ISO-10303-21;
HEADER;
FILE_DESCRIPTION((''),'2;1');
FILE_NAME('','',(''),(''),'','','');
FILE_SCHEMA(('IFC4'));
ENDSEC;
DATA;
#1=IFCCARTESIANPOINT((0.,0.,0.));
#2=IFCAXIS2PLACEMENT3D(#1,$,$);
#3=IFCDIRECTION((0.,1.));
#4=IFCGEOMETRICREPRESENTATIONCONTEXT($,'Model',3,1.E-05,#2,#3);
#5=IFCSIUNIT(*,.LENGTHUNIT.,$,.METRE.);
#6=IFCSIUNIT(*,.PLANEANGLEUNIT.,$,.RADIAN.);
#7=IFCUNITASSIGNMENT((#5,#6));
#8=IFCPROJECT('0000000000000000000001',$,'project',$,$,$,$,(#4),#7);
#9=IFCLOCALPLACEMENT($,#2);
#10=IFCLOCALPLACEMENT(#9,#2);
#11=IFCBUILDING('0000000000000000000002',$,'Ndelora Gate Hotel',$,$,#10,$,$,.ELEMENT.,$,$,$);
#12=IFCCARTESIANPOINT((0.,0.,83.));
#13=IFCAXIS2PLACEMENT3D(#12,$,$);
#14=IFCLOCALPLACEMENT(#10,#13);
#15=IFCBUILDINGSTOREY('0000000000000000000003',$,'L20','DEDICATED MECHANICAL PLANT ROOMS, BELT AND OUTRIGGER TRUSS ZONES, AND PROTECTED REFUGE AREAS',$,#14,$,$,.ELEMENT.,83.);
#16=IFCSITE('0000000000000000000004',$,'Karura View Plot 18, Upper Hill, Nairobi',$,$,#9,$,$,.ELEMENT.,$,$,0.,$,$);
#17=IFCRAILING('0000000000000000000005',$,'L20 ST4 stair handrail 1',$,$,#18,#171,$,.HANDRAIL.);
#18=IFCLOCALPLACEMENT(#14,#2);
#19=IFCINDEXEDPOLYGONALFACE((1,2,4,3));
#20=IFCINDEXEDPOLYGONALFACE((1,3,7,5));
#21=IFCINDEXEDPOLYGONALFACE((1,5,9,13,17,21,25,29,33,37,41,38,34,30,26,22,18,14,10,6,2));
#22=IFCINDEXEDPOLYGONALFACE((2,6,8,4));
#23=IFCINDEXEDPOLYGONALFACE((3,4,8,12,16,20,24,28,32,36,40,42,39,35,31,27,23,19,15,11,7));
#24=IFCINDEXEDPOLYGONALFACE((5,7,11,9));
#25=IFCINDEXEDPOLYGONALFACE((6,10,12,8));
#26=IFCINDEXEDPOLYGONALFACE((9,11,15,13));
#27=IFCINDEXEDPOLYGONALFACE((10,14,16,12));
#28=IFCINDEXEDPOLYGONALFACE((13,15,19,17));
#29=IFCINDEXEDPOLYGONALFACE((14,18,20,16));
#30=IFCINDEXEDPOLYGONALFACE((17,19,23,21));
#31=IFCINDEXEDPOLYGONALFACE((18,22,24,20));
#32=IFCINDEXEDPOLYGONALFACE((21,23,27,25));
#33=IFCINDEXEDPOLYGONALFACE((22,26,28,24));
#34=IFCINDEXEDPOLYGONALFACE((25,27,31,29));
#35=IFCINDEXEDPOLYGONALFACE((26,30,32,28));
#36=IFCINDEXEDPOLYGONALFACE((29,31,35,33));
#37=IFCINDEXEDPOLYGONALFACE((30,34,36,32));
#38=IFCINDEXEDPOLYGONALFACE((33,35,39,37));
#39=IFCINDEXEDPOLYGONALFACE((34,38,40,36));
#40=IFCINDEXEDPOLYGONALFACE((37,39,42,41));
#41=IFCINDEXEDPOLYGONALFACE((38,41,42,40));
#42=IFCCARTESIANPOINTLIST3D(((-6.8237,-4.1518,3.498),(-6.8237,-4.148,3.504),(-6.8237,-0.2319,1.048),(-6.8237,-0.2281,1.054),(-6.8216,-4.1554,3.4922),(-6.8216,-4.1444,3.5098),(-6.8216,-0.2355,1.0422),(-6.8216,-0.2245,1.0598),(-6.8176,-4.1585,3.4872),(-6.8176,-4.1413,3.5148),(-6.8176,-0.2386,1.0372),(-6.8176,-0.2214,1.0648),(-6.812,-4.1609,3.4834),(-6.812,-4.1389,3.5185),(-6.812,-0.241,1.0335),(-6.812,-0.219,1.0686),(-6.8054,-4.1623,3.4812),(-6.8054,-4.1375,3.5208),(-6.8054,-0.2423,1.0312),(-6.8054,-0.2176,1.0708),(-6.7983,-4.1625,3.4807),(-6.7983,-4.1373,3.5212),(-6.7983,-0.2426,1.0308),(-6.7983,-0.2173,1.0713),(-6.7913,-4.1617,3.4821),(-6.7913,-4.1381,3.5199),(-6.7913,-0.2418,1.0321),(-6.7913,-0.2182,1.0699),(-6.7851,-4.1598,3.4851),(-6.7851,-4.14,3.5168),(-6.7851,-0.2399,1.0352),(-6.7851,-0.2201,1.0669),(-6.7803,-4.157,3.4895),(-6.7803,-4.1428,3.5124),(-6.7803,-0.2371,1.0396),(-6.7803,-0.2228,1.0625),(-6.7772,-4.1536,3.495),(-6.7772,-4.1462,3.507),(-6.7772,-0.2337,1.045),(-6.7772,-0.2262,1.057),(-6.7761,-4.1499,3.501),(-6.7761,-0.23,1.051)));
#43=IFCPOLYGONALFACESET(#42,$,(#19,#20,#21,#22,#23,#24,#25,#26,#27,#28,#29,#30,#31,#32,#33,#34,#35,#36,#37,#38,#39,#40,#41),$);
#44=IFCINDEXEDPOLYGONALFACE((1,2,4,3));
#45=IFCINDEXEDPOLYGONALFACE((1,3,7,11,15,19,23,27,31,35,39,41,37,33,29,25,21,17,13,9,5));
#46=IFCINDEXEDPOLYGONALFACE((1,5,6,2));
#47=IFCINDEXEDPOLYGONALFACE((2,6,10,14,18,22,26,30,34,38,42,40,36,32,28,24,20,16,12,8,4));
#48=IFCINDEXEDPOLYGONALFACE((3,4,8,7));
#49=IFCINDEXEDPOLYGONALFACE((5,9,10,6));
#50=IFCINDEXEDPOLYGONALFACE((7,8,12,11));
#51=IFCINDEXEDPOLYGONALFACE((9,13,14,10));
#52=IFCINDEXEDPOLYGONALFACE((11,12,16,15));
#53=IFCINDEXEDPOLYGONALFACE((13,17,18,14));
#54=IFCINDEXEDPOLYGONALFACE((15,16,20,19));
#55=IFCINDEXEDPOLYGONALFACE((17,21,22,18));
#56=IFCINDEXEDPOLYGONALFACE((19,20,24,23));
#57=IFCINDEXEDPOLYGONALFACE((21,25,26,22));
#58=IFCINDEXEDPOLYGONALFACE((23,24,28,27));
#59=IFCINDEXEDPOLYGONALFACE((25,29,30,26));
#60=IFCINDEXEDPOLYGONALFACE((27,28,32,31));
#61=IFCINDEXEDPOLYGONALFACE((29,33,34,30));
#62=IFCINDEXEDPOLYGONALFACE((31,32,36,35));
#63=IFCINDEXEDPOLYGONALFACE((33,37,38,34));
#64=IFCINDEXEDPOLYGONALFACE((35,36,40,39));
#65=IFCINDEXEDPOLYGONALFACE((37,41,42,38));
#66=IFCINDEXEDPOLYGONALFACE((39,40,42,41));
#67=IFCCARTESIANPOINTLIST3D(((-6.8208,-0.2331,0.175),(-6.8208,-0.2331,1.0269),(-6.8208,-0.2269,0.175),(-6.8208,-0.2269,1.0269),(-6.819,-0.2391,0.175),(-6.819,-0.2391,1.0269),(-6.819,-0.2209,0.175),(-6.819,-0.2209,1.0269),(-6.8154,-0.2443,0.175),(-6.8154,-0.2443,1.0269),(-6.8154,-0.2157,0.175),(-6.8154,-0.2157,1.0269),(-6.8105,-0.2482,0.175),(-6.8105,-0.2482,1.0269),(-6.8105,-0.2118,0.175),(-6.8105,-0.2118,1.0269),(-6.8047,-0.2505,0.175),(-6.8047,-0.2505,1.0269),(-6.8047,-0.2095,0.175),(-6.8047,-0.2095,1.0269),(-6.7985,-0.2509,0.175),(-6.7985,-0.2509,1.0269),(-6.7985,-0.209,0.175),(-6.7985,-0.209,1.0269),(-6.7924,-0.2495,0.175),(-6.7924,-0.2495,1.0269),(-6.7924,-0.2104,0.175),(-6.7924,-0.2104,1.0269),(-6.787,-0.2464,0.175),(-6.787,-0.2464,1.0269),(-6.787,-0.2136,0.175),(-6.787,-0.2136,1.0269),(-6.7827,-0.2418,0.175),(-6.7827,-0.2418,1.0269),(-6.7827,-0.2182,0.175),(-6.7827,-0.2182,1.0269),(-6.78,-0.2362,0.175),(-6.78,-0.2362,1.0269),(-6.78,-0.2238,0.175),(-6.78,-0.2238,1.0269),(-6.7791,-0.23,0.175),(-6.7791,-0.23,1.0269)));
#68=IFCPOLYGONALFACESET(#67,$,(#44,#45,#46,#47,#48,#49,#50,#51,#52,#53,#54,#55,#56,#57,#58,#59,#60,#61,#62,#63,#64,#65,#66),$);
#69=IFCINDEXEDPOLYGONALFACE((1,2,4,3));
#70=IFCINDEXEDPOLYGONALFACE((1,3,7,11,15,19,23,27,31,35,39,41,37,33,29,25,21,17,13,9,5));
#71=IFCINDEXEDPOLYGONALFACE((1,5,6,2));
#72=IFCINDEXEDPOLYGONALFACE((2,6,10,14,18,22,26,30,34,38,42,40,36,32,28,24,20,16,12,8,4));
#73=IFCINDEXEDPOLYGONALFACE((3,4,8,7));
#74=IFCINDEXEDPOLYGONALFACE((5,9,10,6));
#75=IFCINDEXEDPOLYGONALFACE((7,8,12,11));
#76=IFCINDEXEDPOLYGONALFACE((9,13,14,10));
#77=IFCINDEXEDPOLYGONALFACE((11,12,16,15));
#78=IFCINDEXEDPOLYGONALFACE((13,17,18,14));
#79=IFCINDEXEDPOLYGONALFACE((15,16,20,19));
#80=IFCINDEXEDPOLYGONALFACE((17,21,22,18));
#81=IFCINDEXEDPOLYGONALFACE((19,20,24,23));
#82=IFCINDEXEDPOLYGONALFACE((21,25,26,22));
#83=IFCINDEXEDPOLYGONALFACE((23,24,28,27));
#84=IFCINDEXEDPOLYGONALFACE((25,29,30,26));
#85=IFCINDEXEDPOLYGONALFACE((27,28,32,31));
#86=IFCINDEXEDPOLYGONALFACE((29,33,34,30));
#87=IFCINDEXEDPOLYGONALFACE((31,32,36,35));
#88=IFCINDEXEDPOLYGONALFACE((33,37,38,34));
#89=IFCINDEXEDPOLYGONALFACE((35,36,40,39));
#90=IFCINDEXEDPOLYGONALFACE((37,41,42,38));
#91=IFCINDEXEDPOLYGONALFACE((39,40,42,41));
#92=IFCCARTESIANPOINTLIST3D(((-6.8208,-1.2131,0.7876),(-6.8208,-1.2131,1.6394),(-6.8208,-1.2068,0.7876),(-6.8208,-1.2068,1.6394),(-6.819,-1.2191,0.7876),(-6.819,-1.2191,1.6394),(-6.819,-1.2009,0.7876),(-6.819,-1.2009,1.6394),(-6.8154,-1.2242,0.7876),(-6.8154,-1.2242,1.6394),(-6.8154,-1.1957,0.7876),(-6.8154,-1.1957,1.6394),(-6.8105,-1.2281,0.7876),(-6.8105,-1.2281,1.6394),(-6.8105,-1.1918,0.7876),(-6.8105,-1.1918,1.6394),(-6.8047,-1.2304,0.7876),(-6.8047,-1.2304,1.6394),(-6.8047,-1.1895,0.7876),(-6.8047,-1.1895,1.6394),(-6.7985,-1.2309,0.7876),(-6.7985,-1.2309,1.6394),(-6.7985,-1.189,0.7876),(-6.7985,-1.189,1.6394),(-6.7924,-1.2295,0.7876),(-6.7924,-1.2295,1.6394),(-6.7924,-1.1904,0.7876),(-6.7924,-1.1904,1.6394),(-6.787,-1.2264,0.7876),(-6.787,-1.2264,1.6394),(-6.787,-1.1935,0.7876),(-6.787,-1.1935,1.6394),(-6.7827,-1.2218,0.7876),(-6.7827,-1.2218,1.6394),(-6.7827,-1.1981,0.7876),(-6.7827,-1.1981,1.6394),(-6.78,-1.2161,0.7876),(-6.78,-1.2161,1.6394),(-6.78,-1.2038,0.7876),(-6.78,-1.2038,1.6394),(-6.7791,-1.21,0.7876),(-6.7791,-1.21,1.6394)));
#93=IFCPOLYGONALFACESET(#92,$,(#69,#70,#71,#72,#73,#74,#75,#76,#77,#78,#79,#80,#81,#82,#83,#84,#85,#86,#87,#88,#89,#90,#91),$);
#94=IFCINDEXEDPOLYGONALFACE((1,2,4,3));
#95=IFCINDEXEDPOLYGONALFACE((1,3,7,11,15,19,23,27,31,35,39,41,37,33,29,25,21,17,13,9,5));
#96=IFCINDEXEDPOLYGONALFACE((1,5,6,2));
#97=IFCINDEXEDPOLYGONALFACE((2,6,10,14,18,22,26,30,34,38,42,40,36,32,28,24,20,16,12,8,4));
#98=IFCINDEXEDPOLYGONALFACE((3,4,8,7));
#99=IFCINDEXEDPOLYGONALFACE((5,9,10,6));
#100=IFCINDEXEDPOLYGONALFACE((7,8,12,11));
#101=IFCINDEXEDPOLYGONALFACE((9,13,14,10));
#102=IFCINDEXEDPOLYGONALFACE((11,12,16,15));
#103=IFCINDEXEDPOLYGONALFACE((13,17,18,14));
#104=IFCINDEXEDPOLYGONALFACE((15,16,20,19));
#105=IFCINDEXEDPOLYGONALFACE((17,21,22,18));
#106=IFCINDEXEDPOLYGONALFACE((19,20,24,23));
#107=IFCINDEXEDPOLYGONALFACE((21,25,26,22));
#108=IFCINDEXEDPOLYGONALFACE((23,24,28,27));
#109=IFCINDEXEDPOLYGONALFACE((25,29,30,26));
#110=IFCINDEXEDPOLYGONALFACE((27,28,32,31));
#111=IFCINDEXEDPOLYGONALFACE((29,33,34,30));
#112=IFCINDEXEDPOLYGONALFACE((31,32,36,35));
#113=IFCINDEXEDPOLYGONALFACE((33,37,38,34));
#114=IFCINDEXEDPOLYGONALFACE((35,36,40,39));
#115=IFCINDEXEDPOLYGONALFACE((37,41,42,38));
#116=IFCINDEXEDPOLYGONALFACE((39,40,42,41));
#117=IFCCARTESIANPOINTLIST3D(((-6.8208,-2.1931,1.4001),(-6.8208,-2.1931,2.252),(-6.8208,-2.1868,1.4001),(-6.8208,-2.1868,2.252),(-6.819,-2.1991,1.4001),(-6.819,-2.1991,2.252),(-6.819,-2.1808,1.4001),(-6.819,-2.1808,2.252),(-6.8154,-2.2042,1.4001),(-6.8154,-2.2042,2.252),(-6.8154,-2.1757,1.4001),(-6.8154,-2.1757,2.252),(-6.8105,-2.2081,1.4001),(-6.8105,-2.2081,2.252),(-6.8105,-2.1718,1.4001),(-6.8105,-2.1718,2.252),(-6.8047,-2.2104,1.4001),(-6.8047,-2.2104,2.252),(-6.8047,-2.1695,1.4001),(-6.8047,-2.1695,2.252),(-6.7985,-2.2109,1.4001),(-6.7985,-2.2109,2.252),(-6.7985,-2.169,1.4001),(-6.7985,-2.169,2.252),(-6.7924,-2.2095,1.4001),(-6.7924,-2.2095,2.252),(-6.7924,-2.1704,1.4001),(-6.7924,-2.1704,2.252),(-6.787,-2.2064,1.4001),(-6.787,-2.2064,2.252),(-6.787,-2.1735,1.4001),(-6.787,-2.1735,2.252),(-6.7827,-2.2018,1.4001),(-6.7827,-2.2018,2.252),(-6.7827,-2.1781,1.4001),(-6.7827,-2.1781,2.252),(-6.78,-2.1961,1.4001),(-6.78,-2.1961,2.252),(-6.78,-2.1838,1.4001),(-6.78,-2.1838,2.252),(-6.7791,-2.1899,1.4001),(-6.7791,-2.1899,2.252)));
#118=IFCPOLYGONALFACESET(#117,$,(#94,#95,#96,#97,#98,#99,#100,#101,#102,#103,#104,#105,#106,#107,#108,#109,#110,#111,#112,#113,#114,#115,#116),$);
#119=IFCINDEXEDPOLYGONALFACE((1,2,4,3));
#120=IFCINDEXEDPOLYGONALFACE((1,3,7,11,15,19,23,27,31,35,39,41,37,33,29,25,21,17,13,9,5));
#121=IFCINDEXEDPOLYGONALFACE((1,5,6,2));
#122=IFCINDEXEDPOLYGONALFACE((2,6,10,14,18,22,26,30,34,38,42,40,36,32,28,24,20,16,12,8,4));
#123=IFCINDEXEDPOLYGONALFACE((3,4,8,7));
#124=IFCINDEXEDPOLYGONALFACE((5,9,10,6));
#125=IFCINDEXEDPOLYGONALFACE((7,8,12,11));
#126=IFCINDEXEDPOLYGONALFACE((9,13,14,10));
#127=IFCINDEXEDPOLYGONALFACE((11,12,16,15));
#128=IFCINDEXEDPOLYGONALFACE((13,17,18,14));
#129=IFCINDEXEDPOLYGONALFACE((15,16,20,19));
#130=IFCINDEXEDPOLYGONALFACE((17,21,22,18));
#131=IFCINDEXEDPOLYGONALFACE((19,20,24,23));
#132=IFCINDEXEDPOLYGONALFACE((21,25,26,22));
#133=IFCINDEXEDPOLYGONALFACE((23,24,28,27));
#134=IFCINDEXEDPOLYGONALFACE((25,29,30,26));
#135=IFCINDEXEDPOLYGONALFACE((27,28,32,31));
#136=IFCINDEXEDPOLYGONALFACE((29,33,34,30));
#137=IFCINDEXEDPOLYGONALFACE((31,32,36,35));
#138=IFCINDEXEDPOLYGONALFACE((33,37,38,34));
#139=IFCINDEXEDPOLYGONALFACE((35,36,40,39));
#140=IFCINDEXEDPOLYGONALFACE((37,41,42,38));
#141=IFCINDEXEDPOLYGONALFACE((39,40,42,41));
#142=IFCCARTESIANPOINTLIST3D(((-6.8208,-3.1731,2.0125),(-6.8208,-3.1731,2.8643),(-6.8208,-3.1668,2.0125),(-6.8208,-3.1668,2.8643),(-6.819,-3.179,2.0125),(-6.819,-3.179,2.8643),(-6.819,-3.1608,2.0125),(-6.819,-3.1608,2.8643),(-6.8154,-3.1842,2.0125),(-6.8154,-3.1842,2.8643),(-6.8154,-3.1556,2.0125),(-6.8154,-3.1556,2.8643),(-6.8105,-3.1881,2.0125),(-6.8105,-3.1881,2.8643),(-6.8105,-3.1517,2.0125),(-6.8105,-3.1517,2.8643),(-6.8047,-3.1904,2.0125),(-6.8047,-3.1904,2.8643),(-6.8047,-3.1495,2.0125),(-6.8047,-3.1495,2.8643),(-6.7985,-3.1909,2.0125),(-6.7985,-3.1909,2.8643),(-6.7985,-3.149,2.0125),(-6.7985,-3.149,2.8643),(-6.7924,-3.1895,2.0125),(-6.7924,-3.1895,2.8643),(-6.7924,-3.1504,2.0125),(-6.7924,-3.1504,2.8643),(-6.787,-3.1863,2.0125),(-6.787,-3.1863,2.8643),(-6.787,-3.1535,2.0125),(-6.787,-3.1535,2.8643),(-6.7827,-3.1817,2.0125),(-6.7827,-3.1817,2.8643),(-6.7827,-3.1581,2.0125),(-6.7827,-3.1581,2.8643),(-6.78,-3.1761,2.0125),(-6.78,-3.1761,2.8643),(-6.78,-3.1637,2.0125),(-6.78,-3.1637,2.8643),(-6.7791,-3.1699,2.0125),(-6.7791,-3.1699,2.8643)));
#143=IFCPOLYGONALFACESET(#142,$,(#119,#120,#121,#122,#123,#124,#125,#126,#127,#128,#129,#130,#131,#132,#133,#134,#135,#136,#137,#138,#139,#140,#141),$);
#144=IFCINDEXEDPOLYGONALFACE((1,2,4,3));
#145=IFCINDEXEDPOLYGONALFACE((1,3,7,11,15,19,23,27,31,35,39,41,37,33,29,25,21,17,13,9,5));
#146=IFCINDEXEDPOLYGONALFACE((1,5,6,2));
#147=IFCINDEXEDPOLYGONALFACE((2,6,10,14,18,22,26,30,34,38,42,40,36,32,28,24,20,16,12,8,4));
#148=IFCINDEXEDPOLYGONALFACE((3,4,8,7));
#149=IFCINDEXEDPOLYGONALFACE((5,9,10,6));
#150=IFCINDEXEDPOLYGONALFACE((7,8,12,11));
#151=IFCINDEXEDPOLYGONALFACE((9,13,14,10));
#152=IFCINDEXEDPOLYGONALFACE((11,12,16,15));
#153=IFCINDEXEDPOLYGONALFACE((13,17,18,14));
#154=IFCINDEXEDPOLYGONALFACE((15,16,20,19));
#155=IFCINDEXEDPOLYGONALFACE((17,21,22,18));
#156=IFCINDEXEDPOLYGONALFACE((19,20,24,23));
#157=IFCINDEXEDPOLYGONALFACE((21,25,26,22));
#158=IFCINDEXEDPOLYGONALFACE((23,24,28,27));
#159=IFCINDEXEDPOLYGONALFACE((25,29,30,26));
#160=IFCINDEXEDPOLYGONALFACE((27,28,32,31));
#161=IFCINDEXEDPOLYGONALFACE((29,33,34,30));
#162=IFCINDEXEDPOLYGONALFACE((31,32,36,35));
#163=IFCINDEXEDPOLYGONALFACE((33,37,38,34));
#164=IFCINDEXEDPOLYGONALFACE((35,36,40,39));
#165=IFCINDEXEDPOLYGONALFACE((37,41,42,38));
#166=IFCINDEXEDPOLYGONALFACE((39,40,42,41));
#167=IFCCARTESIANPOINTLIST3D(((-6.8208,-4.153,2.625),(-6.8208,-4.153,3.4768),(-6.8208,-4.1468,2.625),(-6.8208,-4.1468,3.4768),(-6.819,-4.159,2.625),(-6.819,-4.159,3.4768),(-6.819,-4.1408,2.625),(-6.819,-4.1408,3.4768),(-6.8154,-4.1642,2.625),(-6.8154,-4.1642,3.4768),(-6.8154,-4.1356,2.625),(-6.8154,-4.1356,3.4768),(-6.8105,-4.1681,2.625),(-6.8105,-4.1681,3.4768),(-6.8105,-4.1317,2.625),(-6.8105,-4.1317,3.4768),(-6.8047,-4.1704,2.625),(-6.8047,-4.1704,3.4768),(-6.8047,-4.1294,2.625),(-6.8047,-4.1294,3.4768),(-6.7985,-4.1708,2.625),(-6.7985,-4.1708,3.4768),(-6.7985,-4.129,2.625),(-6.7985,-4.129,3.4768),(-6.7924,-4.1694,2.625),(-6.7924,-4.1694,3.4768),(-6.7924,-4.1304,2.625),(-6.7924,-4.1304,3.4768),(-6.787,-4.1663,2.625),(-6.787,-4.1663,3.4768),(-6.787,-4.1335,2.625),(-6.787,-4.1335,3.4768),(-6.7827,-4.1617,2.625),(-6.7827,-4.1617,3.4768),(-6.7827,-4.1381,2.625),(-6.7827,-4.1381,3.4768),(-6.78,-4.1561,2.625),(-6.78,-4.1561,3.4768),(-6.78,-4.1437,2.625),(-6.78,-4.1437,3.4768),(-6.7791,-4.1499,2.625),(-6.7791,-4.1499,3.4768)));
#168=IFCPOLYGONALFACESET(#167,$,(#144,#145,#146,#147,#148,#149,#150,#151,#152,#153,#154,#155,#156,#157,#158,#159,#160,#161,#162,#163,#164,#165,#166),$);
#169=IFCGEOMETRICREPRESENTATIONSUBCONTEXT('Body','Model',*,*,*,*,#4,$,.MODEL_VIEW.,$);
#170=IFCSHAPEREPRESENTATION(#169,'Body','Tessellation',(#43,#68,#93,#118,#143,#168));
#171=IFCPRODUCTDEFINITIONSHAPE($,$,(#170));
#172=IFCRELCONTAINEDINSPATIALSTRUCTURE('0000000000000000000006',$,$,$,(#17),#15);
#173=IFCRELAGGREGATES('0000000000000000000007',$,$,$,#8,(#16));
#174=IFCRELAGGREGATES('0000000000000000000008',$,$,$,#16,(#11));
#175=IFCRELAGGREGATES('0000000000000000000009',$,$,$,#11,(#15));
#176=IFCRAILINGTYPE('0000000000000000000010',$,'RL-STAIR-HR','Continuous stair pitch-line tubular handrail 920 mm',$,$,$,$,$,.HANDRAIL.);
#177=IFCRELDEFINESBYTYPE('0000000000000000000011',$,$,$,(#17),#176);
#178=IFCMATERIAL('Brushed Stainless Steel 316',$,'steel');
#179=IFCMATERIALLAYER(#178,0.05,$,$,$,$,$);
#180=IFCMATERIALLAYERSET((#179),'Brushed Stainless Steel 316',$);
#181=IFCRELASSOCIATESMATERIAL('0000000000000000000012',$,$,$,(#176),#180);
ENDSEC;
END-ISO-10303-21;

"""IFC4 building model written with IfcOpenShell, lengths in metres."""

from ifc_helpers import new_model, si_unit, direction, frame, origin, origin_2d, place, context, subcontext, project, spatial, circle, extrude, material, layer, layer_set, type_object, element, save


model = new_model("IFC4")

# Units and contexts
model_context = context("Model", 3, precision=1e-05, world=origin(), true_north=direction((0.0, 1.0)))
body_context = subcontext(model_context, "Body", "Model", "MODEL_VIEW")
ifc_project = project(units=[si_unit("LENGTHUNIT", "METRE"), si_unit("PLANEANGLEUNIT", "RADIAN")], contexts=[model_context])

# Site, building, storey
site_placement = place(None, origin())
site = spatial("IfcSite", under=ifc_project, at=site_placement, Name="Karura View Plot 18, Upper Hill, Nairobi", CompositionType="ELEMENT", RefElevation=0.0)
building_placement = place(site_placement, origin())
building = spatial("IfcBuilding", under=site, at=building_placement, Name="Ndelora Gate Hotel", CompositionType="ELEMENT")
storey_placement = place(building_placement, frame((0.0, 0.0, 83.0)))
storey = spatial("IfcBuildingStorey", under=building, at=storey_placement, Name="L20", Description="DEDICATED MECHANICAL PLANT ROOMS, BELT AND OUTRIGGER TRUSS ZONES, AND PROTECTED REFUGE AREAS", CompositionType="ELEMENT", Elevation=83.0)

# Railing
ifc_material_1 = material(Name="Brushed Stainless Steel 316", Category="steel")
ifc_layer_1 = layer(ifc_material_1, 0.05)
ifc_layer_set_1 = layer_set([ifc_layer_1], Name="Brushed Stainless Steel 316")
railing_type_1 = type_object("IfcRailingType", Name="RL-STAIR-HR", Description="Continuous stair pitch-line tubular handrail 920 mm", PredefinedType="HANDRAIL", material=ifc_layer_set_1)
railing_1_placement = place(storey_placement, frame((-6.8, -0.23, 0.175)))
element("IfcRailing", 1, at=railing_1_placement, inside=storey, type_object=railing_type_1, Name="L20 ST4 stair handrail 1", PredefinedType="HANDRAIL", context=body_context, shape_type="SweptSolid", body=[
    extrude(circle(Radius=0.0239, at=origin_2d()), frame((0.0, 0.0, 0.876), z_axis=(0.0, -0.847998, 0.529999), x_axis=(1.0, 0.0, 0.0)), (0.0, 0.0, 1.0), 4.6226),
    extrude(circle(Radius=0.021, at=origin_2d()), origin(), (0.0, 0.0, 1.0), 0.8518),
    extrude(circle(Radius=0.021, at=origin_2d()), frame((0.0, -0.98, 0.6125)), (0.0, 0.0, 1.0), 0.8518),
    extrude(circle(Radius=0.021, at=origin_2d()), frame((0.0, -1.96, 1.2251)), (0.0, 0.0, 1.0), 0.8518),
    extrude(circle(Radius=0.021, at=origin_2d()), frame((0.0, -2.9399, 1.8374)), (0.0, 0.0, 1.0), 0.8518),
    extrude(circle(Radius=0.021, at=origin_2d()), frame((0.0, -3.9199, 2.45)), (0.0, 0.0, 1.0), 0.8518),
])

save(model, "model.ifc")
